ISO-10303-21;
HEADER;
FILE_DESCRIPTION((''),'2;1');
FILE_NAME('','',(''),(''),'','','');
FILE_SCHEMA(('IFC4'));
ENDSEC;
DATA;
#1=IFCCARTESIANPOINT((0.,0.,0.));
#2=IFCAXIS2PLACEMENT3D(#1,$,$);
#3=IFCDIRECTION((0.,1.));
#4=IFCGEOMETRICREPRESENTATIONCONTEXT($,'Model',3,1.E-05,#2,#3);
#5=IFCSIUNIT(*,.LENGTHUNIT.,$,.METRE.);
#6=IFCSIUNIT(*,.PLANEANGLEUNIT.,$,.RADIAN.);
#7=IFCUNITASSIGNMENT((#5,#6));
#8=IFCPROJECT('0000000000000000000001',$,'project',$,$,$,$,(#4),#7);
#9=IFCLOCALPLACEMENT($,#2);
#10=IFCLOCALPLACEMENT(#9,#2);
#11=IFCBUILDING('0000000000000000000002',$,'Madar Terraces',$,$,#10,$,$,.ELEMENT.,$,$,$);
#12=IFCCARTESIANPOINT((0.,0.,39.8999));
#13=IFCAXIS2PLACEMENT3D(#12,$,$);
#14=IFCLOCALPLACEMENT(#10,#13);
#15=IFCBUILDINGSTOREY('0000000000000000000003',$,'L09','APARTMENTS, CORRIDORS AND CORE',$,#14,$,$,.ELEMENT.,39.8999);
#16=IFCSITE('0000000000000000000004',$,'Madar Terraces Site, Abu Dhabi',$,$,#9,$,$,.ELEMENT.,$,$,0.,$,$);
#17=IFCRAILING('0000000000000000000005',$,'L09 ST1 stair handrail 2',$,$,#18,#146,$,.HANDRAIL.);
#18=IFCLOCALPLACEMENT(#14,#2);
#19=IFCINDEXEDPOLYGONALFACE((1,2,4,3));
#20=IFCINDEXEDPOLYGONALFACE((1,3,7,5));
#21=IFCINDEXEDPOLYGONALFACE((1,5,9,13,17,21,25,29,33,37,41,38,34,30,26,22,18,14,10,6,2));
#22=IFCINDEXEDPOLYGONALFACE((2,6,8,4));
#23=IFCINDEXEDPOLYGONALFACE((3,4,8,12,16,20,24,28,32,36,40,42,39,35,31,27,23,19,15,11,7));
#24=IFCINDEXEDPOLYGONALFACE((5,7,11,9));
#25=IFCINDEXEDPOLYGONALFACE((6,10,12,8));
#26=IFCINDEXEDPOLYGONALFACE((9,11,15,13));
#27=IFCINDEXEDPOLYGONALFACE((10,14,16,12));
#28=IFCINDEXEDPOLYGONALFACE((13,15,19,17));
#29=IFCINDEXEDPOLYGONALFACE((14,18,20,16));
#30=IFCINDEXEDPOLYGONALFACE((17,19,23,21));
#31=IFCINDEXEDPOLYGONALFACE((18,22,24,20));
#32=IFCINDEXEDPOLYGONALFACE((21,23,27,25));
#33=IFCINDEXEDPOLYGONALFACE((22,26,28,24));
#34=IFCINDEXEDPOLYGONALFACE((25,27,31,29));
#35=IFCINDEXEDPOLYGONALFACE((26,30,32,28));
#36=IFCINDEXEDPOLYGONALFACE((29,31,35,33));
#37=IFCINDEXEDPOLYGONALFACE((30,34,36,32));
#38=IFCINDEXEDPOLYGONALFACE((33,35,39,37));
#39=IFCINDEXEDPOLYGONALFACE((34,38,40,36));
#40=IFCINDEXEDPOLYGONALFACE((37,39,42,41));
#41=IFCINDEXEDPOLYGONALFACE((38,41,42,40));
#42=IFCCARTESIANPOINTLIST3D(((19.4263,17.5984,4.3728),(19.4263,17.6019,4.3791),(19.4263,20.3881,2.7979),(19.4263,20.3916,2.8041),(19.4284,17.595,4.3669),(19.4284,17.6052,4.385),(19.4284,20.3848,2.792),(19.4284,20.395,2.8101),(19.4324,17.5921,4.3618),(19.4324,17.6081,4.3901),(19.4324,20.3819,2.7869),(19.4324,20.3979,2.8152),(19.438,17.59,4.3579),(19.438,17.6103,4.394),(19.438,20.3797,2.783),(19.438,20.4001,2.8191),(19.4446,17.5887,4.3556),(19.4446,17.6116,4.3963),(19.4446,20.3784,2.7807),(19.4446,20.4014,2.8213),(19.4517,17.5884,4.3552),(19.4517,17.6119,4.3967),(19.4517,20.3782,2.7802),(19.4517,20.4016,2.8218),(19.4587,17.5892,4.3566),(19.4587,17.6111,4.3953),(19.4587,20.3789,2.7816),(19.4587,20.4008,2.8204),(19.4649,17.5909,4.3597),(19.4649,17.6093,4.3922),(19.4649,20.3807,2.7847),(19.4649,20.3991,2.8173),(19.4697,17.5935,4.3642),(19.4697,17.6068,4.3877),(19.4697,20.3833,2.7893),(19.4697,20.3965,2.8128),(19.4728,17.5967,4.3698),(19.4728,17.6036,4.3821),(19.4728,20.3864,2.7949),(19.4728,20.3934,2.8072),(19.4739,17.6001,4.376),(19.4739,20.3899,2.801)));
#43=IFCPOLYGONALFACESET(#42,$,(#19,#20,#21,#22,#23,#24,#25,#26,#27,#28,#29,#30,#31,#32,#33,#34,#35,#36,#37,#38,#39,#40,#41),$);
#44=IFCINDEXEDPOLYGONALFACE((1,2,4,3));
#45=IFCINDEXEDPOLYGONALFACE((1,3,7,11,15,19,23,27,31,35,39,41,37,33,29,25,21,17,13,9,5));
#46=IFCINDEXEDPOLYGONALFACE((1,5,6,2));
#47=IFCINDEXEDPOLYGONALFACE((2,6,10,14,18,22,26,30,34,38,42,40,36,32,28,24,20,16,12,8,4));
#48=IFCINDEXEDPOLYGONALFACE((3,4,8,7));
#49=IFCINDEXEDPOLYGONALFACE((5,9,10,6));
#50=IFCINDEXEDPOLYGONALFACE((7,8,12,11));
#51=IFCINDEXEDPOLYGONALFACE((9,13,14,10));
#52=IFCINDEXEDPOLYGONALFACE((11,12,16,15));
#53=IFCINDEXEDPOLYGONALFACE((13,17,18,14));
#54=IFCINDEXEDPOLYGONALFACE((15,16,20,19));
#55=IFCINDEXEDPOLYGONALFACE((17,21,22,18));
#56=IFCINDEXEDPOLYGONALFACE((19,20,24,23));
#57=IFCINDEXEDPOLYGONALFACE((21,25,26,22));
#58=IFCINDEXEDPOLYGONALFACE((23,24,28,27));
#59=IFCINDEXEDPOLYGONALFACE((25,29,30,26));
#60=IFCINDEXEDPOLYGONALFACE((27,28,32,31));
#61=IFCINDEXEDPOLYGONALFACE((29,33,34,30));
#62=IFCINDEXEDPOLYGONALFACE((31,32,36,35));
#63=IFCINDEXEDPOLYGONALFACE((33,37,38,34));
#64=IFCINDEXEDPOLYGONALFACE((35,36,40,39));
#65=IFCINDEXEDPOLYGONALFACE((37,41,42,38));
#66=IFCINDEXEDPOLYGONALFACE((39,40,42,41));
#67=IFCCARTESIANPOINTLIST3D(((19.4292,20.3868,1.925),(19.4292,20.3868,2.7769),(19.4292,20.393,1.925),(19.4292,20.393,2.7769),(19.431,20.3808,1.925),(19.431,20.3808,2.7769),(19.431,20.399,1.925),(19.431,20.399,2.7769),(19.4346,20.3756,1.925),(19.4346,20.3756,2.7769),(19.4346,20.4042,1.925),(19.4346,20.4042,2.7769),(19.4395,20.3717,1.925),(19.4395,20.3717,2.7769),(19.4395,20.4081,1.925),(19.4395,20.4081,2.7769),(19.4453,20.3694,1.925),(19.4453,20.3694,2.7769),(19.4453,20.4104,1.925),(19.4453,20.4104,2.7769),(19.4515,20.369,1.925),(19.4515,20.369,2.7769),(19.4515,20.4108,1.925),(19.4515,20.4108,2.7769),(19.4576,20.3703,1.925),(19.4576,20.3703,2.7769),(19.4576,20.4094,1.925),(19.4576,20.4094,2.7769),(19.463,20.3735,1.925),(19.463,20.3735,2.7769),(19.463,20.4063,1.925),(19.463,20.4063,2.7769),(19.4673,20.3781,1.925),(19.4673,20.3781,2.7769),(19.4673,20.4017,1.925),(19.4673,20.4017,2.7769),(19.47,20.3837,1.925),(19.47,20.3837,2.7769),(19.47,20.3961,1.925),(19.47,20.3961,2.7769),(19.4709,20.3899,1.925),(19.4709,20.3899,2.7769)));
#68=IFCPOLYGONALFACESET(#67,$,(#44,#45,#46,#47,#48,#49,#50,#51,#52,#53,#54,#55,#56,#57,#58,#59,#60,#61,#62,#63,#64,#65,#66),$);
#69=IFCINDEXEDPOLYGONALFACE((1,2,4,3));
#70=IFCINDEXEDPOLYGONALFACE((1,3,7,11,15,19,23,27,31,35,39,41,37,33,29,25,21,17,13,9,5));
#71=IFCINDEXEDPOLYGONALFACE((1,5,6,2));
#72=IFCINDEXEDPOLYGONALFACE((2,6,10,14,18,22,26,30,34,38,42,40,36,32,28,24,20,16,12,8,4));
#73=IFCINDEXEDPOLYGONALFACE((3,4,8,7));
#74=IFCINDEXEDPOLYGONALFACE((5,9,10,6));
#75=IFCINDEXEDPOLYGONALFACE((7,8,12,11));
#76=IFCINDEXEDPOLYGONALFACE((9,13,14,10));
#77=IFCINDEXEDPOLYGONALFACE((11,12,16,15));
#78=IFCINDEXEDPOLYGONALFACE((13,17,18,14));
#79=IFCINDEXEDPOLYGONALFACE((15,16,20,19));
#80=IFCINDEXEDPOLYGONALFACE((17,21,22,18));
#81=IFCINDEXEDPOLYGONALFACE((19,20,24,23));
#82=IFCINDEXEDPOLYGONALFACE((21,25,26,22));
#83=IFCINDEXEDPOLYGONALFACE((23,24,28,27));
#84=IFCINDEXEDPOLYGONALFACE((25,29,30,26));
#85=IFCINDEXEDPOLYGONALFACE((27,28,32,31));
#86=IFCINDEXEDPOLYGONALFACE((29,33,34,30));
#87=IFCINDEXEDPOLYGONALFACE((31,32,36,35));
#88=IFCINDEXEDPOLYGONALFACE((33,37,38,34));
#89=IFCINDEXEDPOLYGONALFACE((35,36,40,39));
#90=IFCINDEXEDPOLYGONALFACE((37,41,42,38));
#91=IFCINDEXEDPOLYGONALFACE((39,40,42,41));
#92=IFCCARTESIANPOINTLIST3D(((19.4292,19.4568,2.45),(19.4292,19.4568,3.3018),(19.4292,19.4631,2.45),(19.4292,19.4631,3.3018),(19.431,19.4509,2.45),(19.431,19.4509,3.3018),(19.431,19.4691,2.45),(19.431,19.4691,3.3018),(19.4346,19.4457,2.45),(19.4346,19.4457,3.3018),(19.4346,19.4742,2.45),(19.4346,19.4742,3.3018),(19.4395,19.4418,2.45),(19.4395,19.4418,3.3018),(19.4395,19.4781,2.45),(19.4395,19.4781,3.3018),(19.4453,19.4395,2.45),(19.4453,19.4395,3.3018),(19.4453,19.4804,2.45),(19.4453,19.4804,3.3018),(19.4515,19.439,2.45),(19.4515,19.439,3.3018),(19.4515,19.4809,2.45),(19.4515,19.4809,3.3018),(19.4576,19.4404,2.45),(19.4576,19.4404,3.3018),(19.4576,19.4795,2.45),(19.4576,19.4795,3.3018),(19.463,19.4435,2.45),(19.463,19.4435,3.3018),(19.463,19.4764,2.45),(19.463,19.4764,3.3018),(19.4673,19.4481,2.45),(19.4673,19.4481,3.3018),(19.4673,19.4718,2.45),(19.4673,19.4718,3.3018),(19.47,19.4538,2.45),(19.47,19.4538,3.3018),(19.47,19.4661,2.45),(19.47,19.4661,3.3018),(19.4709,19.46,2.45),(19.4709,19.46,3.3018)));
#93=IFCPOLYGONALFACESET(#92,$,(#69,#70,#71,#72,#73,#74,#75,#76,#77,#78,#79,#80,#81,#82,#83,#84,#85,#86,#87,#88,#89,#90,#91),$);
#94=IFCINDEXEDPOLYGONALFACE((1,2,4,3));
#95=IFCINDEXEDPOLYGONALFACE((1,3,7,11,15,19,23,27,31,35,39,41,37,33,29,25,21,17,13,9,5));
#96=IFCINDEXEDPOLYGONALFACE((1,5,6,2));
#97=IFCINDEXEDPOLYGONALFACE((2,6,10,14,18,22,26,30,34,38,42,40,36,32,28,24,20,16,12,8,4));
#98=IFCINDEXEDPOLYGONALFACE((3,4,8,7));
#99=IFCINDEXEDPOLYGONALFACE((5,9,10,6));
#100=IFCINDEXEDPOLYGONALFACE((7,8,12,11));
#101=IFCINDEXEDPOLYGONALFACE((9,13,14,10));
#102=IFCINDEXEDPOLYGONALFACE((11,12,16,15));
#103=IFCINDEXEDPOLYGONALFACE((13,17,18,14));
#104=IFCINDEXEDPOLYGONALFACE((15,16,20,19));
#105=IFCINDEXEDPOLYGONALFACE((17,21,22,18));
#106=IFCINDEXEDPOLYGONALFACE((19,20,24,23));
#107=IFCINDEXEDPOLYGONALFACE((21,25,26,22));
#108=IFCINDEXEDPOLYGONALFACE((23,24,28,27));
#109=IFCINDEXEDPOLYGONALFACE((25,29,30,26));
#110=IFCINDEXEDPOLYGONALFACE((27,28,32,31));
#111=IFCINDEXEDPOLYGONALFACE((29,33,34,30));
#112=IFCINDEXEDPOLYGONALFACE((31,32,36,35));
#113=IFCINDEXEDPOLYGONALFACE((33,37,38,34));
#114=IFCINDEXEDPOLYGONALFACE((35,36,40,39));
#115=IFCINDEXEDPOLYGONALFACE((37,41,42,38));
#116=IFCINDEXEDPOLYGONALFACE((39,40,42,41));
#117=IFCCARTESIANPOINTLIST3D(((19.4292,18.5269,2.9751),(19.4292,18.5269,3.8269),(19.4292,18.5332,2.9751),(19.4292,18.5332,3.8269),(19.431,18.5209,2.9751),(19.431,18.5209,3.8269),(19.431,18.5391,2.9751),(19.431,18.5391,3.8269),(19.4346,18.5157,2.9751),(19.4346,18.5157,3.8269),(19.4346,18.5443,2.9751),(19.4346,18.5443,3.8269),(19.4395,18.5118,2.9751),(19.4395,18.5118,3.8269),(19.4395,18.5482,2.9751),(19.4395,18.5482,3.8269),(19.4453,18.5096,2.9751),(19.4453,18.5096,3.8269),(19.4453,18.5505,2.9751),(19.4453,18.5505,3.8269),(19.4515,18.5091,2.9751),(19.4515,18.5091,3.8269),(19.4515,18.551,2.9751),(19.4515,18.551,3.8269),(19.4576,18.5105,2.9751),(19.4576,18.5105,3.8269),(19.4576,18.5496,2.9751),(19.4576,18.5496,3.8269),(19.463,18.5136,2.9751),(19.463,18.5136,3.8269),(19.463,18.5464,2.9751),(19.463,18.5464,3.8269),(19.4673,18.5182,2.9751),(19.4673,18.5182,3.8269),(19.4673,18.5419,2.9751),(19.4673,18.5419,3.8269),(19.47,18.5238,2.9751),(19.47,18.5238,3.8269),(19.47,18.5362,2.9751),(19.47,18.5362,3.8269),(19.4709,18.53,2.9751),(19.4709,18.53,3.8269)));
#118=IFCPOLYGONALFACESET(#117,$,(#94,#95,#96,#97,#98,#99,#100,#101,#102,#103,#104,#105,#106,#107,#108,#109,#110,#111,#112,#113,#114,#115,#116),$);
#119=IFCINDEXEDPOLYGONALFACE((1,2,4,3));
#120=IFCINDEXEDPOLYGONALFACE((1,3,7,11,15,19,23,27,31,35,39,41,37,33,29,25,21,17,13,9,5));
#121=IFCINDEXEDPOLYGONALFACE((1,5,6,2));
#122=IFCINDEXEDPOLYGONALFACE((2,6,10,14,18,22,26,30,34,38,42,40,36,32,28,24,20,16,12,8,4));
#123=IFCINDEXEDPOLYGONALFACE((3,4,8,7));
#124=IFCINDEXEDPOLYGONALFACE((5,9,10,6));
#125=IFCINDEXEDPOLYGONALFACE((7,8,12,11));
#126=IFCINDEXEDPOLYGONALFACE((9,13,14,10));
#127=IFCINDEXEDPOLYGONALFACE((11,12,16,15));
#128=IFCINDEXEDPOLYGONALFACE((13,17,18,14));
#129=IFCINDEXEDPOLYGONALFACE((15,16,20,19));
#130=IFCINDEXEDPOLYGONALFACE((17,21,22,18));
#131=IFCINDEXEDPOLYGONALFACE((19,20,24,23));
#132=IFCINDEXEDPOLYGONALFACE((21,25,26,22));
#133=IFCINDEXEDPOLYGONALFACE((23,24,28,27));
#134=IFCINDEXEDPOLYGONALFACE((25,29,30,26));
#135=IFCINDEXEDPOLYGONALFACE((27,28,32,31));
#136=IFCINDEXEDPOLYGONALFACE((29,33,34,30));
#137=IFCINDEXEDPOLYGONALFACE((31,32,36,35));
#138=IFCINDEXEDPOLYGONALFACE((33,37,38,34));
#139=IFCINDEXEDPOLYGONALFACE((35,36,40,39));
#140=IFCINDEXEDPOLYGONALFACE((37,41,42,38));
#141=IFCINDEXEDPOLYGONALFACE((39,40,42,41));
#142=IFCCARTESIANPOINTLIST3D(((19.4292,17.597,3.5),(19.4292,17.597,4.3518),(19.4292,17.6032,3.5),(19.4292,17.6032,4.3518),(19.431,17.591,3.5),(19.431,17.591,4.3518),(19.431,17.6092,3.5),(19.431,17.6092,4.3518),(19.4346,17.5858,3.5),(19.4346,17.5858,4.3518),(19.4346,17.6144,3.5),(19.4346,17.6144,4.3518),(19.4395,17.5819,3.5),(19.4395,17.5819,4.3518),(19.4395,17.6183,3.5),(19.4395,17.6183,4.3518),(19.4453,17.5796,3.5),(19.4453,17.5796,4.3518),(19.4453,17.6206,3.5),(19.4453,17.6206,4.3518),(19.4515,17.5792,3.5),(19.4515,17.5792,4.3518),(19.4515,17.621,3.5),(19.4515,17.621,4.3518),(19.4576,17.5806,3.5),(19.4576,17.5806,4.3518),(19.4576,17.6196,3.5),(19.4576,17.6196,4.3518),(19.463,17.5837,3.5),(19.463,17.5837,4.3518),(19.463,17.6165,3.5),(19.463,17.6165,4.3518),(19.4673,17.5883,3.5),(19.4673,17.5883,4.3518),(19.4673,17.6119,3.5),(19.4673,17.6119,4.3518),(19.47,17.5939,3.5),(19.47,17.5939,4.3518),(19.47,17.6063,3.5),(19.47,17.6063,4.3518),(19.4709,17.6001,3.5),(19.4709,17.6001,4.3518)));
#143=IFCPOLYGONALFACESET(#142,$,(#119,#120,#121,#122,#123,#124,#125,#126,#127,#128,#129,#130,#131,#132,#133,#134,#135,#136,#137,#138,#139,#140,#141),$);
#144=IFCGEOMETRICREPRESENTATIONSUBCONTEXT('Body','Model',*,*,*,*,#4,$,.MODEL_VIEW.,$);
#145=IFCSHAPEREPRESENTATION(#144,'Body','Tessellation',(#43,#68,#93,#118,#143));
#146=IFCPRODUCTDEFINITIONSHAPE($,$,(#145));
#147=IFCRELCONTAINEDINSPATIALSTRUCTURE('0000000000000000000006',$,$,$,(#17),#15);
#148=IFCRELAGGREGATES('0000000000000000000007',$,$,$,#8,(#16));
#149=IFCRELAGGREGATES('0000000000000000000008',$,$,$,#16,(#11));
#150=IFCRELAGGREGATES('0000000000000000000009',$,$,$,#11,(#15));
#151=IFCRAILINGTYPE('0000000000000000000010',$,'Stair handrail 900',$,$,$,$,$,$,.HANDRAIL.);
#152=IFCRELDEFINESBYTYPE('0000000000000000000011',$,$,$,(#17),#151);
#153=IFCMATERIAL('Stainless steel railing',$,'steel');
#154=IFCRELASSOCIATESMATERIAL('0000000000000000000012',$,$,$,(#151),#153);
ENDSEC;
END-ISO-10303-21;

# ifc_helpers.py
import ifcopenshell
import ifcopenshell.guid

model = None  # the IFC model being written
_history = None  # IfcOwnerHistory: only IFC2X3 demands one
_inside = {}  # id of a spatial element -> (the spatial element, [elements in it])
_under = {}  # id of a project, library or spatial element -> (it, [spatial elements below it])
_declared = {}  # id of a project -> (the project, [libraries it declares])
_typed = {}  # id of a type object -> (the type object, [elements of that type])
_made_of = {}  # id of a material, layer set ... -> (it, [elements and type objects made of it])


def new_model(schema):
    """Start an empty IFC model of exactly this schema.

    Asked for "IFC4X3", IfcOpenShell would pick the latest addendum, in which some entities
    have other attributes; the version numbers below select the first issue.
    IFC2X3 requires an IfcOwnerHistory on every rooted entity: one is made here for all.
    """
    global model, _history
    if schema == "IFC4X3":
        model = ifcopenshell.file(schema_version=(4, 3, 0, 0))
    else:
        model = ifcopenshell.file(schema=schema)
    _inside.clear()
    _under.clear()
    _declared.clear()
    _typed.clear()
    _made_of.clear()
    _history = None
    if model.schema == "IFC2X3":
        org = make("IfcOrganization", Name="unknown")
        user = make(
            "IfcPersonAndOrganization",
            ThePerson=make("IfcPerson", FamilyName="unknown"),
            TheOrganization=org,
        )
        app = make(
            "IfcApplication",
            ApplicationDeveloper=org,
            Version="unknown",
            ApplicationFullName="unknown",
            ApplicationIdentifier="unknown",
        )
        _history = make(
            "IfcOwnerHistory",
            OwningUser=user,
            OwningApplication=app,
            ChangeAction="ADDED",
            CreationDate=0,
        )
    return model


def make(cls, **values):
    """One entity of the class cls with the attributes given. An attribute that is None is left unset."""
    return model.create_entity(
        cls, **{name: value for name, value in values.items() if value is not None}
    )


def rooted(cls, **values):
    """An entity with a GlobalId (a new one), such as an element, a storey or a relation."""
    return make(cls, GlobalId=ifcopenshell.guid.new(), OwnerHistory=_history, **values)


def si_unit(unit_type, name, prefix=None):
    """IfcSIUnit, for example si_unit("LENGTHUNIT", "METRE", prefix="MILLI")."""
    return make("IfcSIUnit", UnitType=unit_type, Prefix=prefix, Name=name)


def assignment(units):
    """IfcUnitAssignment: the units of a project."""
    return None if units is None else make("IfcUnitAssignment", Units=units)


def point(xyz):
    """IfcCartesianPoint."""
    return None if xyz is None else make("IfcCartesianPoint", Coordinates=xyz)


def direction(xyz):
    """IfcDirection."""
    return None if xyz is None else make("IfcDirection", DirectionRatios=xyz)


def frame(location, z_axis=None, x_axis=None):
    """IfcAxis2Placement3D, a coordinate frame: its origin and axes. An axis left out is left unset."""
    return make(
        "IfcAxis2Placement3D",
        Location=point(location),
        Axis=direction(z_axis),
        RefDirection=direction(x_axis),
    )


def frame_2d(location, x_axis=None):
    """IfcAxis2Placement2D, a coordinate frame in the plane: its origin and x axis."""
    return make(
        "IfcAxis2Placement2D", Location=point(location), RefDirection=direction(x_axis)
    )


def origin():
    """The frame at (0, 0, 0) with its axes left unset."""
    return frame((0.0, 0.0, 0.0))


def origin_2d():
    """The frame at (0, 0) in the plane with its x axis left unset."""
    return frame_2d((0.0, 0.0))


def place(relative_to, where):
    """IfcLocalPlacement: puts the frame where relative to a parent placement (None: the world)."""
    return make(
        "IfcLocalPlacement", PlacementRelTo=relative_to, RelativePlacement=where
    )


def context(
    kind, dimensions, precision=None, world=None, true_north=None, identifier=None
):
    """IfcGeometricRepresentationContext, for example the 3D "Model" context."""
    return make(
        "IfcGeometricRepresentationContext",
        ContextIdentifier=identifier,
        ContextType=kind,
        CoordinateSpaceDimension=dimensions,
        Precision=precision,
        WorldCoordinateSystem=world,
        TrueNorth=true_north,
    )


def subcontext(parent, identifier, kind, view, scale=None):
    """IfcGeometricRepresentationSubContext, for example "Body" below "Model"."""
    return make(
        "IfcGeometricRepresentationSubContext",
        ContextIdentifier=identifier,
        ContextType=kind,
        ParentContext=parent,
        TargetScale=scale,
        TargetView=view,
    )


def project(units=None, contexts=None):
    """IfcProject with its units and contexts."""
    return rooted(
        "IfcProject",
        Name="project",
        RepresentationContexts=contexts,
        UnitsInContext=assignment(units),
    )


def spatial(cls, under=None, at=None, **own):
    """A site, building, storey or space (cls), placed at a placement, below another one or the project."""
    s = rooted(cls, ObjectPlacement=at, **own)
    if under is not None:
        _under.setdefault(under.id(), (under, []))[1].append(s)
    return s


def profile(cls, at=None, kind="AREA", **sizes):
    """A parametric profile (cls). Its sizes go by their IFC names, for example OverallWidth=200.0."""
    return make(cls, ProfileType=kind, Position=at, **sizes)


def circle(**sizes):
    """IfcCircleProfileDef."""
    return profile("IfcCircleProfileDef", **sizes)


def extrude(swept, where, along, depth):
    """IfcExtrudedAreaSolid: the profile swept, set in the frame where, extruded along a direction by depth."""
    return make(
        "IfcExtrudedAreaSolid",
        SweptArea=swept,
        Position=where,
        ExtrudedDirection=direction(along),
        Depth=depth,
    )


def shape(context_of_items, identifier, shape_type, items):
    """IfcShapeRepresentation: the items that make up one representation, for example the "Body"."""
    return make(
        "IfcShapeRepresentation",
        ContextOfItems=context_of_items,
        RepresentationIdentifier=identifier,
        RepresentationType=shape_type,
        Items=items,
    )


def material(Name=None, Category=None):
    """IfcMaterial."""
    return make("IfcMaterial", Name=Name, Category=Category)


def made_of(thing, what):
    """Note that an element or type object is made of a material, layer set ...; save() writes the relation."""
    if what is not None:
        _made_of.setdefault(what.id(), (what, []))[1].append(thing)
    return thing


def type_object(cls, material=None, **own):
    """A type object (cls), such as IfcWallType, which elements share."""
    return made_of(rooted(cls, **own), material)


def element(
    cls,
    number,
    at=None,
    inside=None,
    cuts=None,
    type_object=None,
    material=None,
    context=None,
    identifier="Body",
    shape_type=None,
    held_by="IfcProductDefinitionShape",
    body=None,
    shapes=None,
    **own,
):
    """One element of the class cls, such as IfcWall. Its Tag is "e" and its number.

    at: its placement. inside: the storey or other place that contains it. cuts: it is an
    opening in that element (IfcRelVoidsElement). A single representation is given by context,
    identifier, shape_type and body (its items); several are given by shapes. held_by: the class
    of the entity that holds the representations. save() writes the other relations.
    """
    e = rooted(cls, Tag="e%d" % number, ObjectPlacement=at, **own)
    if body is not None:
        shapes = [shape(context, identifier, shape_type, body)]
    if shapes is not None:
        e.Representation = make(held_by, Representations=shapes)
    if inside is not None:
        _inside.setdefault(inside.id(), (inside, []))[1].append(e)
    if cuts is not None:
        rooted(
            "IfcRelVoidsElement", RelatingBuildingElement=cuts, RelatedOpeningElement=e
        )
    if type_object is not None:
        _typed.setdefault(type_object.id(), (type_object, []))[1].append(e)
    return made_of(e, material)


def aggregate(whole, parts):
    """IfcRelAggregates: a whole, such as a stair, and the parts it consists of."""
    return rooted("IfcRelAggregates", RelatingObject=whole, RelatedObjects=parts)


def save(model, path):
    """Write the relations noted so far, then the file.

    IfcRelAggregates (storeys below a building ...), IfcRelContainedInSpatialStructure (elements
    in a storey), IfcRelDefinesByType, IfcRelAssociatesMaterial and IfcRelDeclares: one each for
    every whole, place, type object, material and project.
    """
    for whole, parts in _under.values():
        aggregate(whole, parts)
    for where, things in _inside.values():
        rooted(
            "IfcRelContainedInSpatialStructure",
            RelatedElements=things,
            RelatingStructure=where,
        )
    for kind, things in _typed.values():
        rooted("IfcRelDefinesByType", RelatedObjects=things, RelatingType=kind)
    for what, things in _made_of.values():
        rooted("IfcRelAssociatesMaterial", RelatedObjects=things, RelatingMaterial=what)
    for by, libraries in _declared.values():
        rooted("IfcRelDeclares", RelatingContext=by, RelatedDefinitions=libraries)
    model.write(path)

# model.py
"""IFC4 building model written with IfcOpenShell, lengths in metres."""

from ifc_helpers import new_model, si_unit, direction, frame, origin, origin_2d, place, context, subcontext, project, spatial, circle, extrude, material, type_object, element, save


model = new_model("IFC4")

# Units and contexts
model_context = context("Model", 3, precision=1e-05, world=origin(), true_north=direction((0.0, 1.0)))
body_context = subcontext(model_context, "Body", "Model", "MODEL_VIEW")
ifc_project = project(units=[si_unit("LENGTHUNIT", "METRE"), si_unit("PLANEANGLEUNIT", "RADIAN")], contexts=[model_context])

# Site, building, storey
site_placement = place(None, origin())
site = spatial("IfcSite", under=ifc_project, at=site_placement, Name="Madar Terraces Site, Abu Dhabi", CompositionType="ELEMENT", RefElevation=0.0)
building_placement = place(site_placement, origin())
building = spatial("IfcBuilding", under=site, at=building_placement, Name="Madar Terraces", CompositionType="ELEMENT")
storey_placement = place(building_placement, frame((0.0, 0.0, 39.8999)))
storey = spatial("IfcBuildingStorey", under=building, at=storey_placement, Name="L09", Description="APARTMENTS, CORRIDORS AND CORE", CompositionType="ELEMENT", Elevation=39.8999)

# Railing
ifc_material_1 = material(Name="Stainless steel railing", Category="steel")
railing_type_1 = type_object("IfcRailingType", Name="Stair handrail 900", PredefinedType="HANDRAIL", material=ifc_material_1)
railing_1_placement = place(storey_placement, frame((19.45, 20.3899, 1.925)))
element("IfcRailing", 1, at=railing_1_placement, inside=storey, type_object=railing_type_1, Name="L09 ST1 stair handrail 2", PredefinedType="HANDRAIL", context=body_context, shape_type="SweptSolid", body=[
    extrude(circle(Radius=0.0239, at=origin_2d()), frame((0.0, 0.0, 0.876), z_axis=(0.0, -0.870815, 0.49161), x_axis=(1.0, 0.0, 0.0)), (0.0, 0.0, 1.0), 3.2036),
    extrude(circle(Radius=0.021, at=origin_2d()), origin(), (0.0, 0.0, 1.0), 0.8518),
    extrude(circle(Radius=0.021, at=origin_2d()), frame((0.0, -0.9299, 0.5249)), (0.0, 0.0, 1.0), 0.8518),
    extrude(circle(Radius=0.021, at=origin_2d()), frame((0.0, -1.8599, 1.05)), (0.0, 0.0, 1.0), 0.8518),
    extrude(circle(Radius=0.021, at=origin_2d()), frame((0.0, -2.7898, 1.575)), (0.0, 0.0, 1.0), 0.8518),
])

save(model, "model.ifc")
